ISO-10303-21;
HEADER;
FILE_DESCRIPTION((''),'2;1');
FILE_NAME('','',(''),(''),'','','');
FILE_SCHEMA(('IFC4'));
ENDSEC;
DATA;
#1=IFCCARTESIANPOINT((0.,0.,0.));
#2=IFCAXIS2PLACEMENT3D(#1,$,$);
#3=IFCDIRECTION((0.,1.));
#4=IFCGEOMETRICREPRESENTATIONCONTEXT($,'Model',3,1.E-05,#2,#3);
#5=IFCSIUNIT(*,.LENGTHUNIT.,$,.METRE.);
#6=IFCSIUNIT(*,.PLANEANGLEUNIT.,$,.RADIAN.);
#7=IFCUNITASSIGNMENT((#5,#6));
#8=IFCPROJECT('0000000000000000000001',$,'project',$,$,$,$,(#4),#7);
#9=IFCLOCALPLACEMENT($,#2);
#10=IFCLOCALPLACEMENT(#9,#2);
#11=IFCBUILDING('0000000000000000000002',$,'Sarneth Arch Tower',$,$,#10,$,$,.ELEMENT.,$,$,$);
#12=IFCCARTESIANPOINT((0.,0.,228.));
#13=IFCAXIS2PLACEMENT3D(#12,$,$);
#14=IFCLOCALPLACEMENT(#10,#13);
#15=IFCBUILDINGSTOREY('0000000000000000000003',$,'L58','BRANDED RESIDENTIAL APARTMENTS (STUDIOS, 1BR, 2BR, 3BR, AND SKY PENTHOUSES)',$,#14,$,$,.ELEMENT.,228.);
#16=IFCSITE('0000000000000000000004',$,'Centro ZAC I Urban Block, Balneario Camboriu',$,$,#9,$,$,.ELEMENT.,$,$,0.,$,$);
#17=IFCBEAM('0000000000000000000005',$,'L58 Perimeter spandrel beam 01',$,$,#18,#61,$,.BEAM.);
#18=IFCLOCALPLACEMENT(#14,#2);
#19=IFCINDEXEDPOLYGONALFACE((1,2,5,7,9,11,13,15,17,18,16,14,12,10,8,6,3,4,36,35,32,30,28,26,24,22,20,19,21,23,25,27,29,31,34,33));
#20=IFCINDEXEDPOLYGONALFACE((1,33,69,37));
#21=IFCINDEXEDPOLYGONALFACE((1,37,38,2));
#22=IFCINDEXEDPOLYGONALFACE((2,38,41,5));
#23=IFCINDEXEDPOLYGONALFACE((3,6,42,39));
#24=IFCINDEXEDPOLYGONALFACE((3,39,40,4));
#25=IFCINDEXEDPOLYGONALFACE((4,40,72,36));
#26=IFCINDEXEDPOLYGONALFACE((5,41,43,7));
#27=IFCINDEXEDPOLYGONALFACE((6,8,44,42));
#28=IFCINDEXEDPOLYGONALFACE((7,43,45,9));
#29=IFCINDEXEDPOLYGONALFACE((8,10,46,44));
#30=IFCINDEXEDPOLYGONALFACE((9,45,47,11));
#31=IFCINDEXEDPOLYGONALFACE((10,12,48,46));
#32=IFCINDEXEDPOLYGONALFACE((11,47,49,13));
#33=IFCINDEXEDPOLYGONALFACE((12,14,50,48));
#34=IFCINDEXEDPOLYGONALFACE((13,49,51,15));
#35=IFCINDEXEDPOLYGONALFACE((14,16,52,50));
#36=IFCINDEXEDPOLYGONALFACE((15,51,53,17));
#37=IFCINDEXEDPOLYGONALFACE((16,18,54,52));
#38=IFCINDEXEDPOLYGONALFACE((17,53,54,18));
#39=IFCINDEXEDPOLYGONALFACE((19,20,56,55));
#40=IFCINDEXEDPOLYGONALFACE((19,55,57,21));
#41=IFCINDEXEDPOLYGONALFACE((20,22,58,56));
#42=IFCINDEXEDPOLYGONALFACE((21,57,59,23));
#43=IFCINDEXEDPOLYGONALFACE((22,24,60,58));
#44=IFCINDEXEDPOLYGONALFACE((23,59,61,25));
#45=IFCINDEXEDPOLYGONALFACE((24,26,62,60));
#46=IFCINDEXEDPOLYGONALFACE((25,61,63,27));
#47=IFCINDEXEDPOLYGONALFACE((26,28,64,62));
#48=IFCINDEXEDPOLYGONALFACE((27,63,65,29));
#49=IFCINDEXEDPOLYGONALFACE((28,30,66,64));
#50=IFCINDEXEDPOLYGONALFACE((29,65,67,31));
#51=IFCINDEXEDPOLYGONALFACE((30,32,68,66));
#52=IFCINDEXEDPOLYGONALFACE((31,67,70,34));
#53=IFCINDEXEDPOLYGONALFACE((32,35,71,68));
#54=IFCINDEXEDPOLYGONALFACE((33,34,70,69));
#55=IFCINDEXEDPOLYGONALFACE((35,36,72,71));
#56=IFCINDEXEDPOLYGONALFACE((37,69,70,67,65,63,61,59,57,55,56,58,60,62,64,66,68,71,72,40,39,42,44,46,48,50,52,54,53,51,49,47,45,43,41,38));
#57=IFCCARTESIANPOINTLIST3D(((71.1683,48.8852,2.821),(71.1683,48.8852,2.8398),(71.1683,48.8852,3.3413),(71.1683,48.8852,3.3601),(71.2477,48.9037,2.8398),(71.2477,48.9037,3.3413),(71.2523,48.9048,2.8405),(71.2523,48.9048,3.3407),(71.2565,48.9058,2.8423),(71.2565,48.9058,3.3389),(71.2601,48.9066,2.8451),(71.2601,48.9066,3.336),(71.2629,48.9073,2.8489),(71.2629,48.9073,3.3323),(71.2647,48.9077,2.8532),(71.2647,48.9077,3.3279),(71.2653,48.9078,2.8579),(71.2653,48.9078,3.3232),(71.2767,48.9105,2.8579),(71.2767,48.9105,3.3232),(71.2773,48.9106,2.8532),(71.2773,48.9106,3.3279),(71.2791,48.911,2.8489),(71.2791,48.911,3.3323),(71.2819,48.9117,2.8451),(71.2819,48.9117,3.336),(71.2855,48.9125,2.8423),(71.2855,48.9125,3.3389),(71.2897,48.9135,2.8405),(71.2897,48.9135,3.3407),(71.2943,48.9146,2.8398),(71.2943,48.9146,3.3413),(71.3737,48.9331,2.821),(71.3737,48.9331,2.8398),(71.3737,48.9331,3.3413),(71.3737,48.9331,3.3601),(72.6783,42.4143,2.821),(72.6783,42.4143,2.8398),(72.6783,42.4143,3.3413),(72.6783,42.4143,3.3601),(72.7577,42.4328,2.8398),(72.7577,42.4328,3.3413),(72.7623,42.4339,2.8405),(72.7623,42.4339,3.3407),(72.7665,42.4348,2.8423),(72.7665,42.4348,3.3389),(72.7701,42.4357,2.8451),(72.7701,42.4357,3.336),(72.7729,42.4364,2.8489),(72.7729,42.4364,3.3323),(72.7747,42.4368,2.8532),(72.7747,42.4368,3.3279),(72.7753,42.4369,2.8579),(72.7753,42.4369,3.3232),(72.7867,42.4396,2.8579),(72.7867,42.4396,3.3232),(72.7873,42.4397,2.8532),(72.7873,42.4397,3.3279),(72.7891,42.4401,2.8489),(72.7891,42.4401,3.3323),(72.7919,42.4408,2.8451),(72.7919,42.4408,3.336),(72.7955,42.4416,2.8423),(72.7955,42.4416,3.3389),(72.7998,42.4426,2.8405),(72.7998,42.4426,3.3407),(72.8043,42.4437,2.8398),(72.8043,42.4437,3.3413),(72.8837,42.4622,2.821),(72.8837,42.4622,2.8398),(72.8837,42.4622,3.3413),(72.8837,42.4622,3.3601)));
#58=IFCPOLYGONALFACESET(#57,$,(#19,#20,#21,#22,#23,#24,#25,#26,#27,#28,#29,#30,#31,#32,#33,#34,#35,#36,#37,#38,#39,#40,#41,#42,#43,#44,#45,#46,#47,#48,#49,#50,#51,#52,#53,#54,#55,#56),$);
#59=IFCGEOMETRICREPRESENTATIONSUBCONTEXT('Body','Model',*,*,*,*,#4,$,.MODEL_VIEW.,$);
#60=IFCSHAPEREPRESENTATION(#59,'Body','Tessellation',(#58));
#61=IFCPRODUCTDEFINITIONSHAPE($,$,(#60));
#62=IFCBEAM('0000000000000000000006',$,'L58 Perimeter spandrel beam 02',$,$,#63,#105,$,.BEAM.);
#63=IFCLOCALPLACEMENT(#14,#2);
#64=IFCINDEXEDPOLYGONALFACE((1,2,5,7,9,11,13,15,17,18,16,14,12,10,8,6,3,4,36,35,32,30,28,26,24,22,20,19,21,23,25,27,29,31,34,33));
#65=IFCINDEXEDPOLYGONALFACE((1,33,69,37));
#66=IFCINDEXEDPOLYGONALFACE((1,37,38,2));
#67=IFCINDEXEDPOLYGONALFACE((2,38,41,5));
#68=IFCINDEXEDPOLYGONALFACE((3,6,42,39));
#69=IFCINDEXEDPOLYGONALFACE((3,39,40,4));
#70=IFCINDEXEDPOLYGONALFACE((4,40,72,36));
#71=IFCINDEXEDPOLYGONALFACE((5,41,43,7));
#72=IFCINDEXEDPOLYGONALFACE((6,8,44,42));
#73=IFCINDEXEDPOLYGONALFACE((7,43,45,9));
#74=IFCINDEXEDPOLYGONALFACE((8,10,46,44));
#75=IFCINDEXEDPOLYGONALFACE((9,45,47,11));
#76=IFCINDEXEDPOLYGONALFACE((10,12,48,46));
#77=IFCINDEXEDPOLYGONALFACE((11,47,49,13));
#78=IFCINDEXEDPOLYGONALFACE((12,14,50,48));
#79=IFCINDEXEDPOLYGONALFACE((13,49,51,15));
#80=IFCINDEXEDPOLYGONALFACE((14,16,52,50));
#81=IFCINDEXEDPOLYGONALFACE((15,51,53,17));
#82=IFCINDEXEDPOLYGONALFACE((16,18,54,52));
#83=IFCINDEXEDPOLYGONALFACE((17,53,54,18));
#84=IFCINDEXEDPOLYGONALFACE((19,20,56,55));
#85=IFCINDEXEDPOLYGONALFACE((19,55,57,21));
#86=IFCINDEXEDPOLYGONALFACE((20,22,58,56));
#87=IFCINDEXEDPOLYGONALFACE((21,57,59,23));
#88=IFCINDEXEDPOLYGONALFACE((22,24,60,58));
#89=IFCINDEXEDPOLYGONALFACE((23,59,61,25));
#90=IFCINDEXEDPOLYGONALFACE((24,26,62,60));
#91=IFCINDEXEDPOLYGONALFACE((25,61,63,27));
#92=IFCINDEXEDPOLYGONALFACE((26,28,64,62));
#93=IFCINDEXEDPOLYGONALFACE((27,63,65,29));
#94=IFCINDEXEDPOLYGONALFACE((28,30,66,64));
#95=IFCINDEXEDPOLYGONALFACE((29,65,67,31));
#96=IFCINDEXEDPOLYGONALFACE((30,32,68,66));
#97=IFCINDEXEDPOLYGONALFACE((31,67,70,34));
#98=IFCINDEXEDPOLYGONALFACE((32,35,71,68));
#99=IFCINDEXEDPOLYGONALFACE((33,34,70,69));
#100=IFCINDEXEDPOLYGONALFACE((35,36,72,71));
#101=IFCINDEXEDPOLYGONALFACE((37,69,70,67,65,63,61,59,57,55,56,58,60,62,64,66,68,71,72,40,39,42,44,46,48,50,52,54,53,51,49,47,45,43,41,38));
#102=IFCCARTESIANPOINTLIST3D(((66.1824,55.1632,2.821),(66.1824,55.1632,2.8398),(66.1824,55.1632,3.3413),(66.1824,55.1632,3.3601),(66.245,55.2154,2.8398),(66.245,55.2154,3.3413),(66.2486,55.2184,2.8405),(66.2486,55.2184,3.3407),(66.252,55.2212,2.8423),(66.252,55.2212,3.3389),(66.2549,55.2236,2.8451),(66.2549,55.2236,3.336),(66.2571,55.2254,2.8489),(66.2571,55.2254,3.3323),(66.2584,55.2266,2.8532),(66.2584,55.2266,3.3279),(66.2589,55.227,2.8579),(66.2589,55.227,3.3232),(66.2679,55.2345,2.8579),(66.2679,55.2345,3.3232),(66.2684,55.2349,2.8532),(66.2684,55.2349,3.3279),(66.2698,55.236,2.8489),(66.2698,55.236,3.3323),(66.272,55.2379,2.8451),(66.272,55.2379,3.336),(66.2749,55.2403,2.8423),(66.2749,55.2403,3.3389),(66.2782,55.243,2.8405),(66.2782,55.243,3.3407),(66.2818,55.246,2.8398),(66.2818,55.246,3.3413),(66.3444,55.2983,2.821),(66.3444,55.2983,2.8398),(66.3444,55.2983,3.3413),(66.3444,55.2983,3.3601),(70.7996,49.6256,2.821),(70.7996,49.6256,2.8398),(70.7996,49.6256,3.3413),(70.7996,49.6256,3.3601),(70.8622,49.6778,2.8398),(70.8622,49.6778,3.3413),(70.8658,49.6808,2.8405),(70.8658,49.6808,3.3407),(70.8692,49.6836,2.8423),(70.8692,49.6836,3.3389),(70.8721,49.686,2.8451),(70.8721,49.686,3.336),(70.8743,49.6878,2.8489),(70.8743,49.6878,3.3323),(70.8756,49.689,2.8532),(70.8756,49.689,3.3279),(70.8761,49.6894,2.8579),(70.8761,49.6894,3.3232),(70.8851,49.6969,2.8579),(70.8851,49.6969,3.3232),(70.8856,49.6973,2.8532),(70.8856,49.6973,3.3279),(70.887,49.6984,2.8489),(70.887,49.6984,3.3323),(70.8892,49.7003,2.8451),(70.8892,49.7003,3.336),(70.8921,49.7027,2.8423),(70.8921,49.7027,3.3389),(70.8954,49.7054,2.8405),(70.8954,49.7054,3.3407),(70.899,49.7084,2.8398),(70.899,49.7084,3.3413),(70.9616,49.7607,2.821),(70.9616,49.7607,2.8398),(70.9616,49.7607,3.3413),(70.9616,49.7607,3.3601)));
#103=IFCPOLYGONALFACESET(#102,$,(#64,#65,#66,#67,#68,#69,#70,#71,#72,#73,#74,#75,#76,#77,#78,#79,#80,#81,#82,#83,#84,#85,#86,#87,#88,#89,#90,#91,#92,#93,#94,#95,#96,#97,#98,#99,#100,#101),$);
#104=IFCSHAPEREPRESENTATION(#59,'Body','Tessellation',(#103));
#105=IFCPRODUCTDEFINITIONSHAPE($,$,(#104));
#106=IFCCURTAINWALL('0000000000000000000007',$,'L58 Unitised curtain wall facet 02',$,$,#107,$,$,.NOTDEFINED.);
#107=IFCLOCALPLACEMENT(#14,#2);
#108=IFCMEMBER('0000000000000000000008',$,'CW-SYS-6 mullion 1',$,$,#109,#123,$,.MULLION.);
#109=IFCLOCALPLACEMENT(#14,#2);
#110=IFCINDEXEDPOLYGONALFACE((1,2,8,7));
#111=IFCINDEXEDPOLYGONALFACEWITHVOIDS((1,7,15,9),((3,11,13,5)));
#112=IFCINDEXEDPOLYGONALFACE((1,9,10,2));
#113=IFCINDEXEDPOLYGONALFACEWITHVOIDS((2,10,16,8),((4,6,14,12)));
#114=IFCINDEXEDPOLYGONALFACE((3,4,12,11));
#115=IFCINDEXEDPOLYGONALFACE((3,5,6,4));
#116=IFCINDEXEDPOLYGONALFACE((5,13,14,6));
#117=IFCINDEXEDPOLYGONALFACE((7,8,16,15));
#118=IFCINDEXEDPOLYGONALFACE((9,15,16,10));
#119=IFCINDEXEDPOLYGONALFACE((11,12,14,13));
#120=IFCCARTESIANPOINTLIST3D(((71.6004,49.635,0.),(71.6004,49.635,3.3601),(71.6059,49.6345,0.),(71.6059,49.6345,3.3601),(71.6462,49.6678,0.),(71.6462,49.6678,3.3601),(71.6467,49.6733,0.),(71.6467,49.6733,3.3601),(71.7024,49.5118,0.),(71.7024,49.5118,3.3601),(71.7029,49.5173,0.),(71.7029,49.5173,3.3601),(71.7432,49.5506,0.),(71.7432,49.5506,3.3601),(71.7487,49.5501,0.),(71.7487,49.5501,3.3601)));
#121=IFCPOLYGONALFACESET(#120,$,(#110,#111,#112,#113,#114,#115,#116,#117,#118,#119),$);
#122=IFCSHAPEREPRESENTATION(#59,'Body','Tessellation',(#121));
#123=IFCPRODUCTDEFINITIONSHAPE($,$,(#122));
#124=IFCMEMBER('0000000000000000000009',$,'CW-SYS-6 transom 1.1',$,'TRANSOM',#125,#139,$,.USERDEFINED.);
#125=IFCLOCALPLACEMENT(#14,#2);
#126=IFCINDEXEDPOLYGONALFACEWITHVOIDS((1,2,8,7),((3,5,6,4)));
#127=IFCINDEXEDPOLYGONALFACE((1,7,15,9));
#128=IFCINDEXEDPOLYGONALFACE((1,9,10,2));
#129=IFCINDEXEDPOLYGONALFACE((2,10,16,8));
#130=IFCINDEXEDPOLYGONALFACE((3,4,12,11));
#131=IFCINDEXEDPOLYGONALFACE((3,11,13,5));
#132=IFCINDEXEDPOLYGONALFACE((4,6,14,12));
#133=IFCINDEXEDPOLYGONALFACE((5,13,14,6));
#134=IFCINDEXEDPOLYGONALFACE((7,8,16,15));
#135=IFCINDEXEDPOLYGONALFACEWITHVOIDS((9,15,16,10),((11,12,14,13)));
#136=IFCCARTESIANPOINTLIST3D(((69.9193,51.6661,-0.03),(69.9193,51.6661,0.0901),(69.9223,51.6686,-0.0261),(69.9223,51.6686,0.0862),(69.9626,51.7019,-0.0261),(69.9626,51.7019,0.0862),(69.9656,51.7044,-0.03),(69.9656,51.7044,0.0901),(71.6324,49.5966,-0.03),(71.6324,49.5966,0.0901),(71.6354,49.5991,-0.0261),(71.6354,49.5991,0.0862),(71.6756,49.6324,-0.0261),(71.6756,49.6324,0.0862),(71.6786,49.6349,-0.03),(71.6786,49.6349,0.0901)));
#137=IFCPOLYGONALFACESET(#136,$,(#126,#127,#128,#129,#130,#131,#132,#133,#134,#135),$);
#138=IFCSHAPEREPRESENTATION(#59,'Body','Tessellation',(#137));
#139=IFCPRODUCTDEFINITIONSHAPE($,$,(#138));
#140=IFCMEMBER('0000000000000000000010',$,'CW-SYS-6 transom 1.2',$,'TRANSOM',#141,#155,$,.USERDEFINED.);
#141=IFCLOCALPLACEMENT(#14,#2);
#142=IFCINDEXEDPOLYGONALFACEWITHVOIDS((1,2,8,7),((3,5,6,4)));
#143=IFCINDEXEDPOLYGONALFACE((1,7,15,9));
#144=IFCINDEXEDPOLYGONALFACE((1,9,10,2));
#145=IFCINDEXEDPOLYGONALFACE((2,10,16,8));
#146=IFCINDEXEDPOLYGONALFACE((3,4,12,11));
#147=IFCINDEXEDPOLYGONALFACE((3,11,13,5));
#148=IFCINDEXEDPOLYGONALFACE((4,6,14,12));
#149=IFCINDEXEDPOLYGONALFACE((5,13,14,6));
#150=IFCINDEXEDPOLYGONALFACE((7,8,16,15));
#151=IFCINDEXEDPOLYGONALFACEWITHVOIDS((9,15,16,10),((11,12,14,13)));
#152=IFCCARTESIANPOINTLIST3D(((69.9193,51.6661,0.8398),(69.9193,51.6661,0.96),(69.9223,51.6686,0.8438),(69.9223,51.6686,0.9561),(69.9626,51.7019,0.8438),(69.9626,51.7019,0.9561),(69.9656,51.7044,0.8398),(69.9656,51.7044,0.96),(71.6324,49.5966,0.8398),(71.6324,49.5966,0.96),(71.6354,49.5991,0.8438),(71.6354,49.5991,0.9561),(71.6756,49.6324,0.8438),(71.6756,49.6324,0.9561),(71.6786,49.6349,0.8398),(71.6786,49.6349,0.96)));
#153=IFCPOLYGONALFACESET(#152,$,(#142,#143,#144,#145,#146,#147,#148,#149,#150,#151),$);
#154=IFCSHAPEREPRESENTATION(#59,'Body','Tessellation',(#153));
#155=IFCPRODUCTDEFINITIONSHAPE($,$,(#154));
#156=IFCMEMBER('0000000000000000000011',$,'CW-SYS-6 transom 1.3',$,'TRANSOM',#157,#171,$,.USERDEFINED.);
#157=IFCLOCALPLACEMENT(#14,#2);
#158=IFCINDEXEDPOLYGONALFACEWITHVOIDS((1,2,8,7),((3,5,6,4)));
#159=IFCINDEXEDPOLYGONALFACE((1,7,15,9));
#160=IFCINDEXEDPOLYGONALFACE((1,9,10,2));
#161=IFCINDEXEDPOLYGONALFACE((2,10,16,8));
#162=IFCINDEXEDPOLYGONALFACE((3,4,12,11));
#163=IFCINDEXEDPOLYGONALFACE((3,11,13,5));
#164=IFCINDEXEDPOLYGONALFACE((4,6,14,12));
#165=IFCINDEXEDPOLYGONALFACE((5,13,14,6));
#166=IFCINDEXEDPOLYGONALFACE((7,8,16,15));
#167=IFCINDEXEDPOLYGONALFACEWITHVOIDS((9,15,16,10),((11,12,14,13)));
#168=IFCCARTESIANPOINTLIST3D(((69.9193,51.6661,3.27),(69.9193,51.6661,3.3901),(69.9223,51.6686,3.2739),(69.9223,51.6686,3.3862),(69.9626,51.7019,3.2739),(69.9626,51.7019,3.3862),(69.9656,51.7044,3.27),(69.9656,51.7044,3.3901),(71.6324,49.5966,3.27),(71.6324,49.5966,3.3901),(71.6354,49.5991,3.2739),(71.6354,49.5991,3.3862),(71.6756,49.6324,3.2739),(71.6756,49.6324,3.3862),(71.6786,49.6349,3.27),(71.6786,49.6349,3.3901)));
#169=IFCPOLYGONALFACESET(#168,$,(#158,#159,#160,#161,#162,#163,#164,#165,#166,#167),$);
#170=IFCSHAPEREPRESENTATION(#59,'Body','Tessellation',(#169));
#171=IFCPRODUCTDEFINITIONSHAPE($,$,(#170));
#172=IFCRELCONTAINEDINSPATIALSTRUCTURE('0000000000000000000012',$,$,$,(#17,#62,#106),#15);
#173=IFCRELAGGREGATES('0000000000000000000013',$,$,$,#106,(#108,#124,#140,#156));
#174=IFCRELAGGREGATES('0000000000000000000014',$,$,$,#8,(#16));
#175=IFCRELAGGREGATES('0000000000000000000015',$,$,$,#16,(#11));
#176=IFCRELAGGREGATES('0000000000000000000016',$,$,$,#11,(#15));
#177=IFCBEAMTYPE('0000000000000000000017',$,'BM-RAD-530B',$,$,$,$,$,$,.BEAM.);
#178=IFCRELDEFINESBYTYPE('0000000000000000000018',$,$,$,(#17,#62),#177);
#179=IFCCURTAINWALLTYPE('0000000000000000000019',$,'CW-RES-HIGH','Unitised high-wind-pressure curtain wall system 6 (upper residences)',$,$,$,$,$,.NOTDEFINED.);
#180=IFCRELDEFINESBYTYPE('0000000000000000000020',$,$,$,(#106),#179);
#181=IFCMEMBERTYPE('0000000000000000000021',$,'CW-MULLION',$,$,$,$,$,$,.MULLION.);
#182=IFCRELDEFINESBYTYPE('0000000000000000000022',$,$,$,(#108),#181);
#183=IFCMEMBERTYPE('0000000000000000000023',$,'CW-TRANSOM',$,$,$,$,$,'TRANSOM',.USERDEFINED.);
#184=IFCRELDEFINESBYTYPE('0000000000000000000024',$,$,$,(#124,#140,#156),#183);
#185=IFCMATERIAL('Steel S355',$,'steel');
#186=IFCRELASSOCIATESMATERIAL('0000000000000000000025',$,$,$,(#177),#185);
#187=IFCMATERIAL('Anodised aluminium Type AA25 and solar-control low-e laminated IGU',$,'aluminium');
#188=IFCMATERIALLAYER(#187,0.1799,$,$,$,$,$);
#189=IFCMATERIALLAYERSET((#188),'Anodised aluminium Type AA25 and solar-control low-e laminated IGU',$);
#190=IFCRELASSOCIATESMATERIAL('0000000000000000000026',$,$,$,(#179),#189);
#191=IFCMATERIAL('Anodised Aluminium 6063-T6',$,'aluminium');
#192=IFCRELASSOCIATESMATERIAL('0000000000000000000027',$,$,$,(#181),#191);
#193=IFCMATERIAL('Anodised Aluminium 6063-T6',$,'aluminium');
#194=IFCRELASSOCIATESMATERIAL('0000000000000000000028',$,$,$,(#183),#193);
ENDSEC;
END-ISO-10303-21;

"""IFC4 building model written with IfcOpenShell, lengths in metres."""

from ifc_helpers import new_model, si_unit, direction, frame, origin, origin_2d, place, context, subcontext, project, spatial, hollow_rectangle, i_section, extrude, material, layer, layer_set, material_profile, profile_set, type_object, element, aggregate, save


model = new_model("IFC4")

# Units and contexts
model_context = context("Model", 3, precision=1e-05, world=origin(), true_north=direction((0.0, 1.0)))
body_context = subcontext(model_context, "Body", "Model", "MODEL_VIEW")
ifc_project = project(units=[si_unit("LENGTHUNIT", "METRE"), si_unit("PLANEANGLEUNIT", "RADIAN")], contexts=[model_context])

# Site, building, storey
site_placement = place(None, origin())
site = spatial("IfcSite", under=ifc_project, at=site_placement, Name="Centro ZAC I Urban Block, Balneario Camboriu", CompositionType="ELEMENT", RefElevation=0.0)
building_placement = place(site_placement, origin())
building = spatial("IfcBuilding", under=site, at=building_placement, Name="Sarneth Arch Tower", CompositionType="ELEMENT")
storey_placement = place(building_placement, frame((0.0, 0.0, 228.0)))
storey = spatial("IfcBuildingStorey", under=building, at=storey_placement, Name="L58", Description="BRANDED RESIDENTIAL APARTMENTS (STUDIOS, 1BR, 2BR, 3BR, AND SKY PENTHOUSES)", CompositionType="ELEMENT", Elevation=228.0)

# Beams
ifc_material_1 = material(Name="Steel S355", Category="steel")
ifc_material_profile_1 = material_profile(ifc_material_1, i_section(OverallWidth=0.2109, OverallDepth=0.5391, WebThickness=0.0117, FlangeThickness=0.0188, FilletRadius=0.0181, at=origin_2d()), Name="W530x109")
ifc_profile_set_1 = profile_set([ifc_material_profile_1], Name="Steel S355")
beam_type = type_object("IfcBeamType", Name="BM-RAD-530B", PredefinedType="BEAM", material=ifc_profile_set_1)
beam_1_placement = place(storey_placement, frame((72.781, 42.4382, 3.0906), z_axis=(-0.227247, 0.973837, 0.0), x_axis=(-0.973837, -0.227247, 0.0)))
element("IfcBeam", 1, at=beam_1_placement, inside=storey, type_object=beam_type, Name="L58 Perimeter spandrel beam 01", PredefinedType="BEAM", context=body_context, shape_type="SweptSolid", body=[
    extrude(i_section(OverallWidth=0.2109, OverallDepth=0.5391, WebThickness=0.0117, FlangeThickness=0.0188, FilletRadius=0.0181, at=origin_2d()), origin(), (0.0, 0.0, 1.0), 6.6448),
])
beam_2_placement = place(storey_placement, frame((70.8806, 49.6931, 3.0906), z_axis=(-0.640391, 0.768049, 0.0), x_axis=(-0.768049, -0.640391, 0.0)))
element("IfcBeam", 2, at=beam_2_placement, inside=storey, type_object=beam_type, Name="L58 Perimeter spandrel beam 02", PredefinedType="BEAM", context=body_context, shape_type="SweptSolid", body=[
    extrude(i_section(OverallWidth=0.2109, OverallDepth=0.5391, WebThickness=0.0117, FlangeThickness=0.0188, FilletRadius=0.0181, at=origin_2d()), origin(), (0.0, 0.0, 1.0), 7.21),
])

# Curtain wall, members
ifc_material_2 = material(Name="Anodised aluminium Type AA25 and solar-control low-e laminated IGU", Category="aluminium")
ifc_layer_1 = layer(ifc_material_2, 0.1799)
ifc_layer_set_1 = layer_set([ifc_layer_1], Name="Anodised aluminium Type AA25 and solar-control low-e laminated IGU")
curtain_wall_type = type_object("IfcCurtainWallType", Name="CW-RES-HIGH", Description="Unitised high-wind-pressure curtain wall system 6 (upper residences)", PredefinedType="NOTDEFINED", material=ifc_layer_set_1)
curtain_wall_placement = place(storey_placement, origin())
curtain_wall = element("IfcCurtainWall", 3, at=curtain_wall_placement, inside=storey, type_object=curtain_wall_type, Name="L58 Unitised curtain wall facet 02", PredefinedType="NOTDEFINED")
ifc_material_3 = material(Name="Anodised Aluminium 6063-T6", Category="aluminium")
ifc_material_profile_2 = material_profile(ifc_material_3, hollow_rectangle(XDim=0.0601, YDim=0.1599, WallThickness=0.0039, at=origin_2d()), Name="AL-MULL-160x60x4")
ifc_profile_set_2 = profile_set([ifc_material_profile_2], Name="Anodised Aluminium 6063-T6")
member_type_1 = type_object("IfcMemberType", Name="CW-MULLION", PredefinedType="MULLION", material=ifc_profile_set_2)
member_1_placement = place(storey_placement, frame((71.6746, 49.5925, 0.0), z_axis=(0.0, 0.0, 1.0), x_axis=(-0.770359, -0.63761, 0.0)))
member_1 = element("IfcMember", 4, at=member_1_placement, type_object=member_type_1, Name="CW-SYS-6 mullion 1", PredefinedType="MULLION", context=body_context, shape_type="SweptSolid", body=[
    extrude(hollow_rectangle(XDim=0.0601, YDim=0.1599, WallThickness=0.0039, at=origin_2d()), origin(), (0.0, 0.0, 1.0), 3.3601),
])
ifc_material_4 = material(Name="Anodised Aluminium 6063-T6", Category="aluminium")
ifc_material_profile_3 = material_profile(ifc_material_4, hollow_rectangle(XDim=0.0601, YDim=0.1201, WallThickness=0.0039, at=origin_2d()), Name="AL-TRAN-120x60x4")
ifc_profile_set_3 = profile_set([ifc_material_profile_3], Name="Anodised Aluminium 6063-T6")
member_type_2 = type_object("IfcMemberType", Name="CW-TRANSOM", ElementType="TRANSOM", PredefinedType="USERDEFINED", material=ifc_profile_set_3)
member_2_placement = place(storey_placement, frame((71.6555, 49.6157, 0.03), z_axis=(-0.637651, 0.770325, 0.0), x_axis=(-0.770325, -0.637651, 0.0)))
member_2 = element("IfcMember", 5, at=member_2_placement, type_object=member_type_2, Name="CW-SYS-6 transom 1.1", ObjectType="TRANSOM", PredefinedType="USERDEFINED", context=body_context, shape_type="SweptSolid", body=[
    extrude(hollow_rectangle(XDim=0.0601, YDim=0.1201, WallThickness=0.0039, at=origin_2d()), origin(), (0.0, 0.0, 1.0), 2.6865),
])
member_3_placement = place(storey_placement, frame((71.6555, 49.6157, 0.8999), z_axis=(-0.637651, 0.770325, 0.0), x_axis=(-0.770325, -0.637651, 0.0)))
member_3 = element("IfcMember", 6, at=member_3_placement, type_object=member_type_2, Name="CW-SYS-6 transom 1.2", ObjectType="TRANSOM", PredefinedType="USERDEFINED", context=body_context, shape_type="SweptSolid", body=[
    extrude(hollow_rectangle(XDim=0.0601, YDim=0.1201, WallThickness=0.0039, at=origin_2d()), origin(), (0.0, 0.0, 1.0), 2.6865),
])
member_4_placement = place(storey_placement, frame((71.6555, 49.6157, 3.3301), z_axis=(-0.637651, 0.770325, 0.0), x_axis=(-0.770325, -0.637651, 0.0)))
member_4 = element("IfcMember", 7, at=member_4_placement, type_object=member_type_2, Name="CW-SYS-6 transom 1.3", ObjectType="TRANSOM", PredefinedType="USERDEFINED", context=body_context, shape_type="SweptSolid", body=[
    extrude(hollow_rectangle(XDim=0.0601, YDim=0.1201, WallThickness=0.0039, at=origin_2d()), origin(), (0.0, 0.0, 1.0), 2.6865),
])
aggregate(curtain_wall, [member_1, member_2, member_3, member_4])

save(model, "model.ifc")
